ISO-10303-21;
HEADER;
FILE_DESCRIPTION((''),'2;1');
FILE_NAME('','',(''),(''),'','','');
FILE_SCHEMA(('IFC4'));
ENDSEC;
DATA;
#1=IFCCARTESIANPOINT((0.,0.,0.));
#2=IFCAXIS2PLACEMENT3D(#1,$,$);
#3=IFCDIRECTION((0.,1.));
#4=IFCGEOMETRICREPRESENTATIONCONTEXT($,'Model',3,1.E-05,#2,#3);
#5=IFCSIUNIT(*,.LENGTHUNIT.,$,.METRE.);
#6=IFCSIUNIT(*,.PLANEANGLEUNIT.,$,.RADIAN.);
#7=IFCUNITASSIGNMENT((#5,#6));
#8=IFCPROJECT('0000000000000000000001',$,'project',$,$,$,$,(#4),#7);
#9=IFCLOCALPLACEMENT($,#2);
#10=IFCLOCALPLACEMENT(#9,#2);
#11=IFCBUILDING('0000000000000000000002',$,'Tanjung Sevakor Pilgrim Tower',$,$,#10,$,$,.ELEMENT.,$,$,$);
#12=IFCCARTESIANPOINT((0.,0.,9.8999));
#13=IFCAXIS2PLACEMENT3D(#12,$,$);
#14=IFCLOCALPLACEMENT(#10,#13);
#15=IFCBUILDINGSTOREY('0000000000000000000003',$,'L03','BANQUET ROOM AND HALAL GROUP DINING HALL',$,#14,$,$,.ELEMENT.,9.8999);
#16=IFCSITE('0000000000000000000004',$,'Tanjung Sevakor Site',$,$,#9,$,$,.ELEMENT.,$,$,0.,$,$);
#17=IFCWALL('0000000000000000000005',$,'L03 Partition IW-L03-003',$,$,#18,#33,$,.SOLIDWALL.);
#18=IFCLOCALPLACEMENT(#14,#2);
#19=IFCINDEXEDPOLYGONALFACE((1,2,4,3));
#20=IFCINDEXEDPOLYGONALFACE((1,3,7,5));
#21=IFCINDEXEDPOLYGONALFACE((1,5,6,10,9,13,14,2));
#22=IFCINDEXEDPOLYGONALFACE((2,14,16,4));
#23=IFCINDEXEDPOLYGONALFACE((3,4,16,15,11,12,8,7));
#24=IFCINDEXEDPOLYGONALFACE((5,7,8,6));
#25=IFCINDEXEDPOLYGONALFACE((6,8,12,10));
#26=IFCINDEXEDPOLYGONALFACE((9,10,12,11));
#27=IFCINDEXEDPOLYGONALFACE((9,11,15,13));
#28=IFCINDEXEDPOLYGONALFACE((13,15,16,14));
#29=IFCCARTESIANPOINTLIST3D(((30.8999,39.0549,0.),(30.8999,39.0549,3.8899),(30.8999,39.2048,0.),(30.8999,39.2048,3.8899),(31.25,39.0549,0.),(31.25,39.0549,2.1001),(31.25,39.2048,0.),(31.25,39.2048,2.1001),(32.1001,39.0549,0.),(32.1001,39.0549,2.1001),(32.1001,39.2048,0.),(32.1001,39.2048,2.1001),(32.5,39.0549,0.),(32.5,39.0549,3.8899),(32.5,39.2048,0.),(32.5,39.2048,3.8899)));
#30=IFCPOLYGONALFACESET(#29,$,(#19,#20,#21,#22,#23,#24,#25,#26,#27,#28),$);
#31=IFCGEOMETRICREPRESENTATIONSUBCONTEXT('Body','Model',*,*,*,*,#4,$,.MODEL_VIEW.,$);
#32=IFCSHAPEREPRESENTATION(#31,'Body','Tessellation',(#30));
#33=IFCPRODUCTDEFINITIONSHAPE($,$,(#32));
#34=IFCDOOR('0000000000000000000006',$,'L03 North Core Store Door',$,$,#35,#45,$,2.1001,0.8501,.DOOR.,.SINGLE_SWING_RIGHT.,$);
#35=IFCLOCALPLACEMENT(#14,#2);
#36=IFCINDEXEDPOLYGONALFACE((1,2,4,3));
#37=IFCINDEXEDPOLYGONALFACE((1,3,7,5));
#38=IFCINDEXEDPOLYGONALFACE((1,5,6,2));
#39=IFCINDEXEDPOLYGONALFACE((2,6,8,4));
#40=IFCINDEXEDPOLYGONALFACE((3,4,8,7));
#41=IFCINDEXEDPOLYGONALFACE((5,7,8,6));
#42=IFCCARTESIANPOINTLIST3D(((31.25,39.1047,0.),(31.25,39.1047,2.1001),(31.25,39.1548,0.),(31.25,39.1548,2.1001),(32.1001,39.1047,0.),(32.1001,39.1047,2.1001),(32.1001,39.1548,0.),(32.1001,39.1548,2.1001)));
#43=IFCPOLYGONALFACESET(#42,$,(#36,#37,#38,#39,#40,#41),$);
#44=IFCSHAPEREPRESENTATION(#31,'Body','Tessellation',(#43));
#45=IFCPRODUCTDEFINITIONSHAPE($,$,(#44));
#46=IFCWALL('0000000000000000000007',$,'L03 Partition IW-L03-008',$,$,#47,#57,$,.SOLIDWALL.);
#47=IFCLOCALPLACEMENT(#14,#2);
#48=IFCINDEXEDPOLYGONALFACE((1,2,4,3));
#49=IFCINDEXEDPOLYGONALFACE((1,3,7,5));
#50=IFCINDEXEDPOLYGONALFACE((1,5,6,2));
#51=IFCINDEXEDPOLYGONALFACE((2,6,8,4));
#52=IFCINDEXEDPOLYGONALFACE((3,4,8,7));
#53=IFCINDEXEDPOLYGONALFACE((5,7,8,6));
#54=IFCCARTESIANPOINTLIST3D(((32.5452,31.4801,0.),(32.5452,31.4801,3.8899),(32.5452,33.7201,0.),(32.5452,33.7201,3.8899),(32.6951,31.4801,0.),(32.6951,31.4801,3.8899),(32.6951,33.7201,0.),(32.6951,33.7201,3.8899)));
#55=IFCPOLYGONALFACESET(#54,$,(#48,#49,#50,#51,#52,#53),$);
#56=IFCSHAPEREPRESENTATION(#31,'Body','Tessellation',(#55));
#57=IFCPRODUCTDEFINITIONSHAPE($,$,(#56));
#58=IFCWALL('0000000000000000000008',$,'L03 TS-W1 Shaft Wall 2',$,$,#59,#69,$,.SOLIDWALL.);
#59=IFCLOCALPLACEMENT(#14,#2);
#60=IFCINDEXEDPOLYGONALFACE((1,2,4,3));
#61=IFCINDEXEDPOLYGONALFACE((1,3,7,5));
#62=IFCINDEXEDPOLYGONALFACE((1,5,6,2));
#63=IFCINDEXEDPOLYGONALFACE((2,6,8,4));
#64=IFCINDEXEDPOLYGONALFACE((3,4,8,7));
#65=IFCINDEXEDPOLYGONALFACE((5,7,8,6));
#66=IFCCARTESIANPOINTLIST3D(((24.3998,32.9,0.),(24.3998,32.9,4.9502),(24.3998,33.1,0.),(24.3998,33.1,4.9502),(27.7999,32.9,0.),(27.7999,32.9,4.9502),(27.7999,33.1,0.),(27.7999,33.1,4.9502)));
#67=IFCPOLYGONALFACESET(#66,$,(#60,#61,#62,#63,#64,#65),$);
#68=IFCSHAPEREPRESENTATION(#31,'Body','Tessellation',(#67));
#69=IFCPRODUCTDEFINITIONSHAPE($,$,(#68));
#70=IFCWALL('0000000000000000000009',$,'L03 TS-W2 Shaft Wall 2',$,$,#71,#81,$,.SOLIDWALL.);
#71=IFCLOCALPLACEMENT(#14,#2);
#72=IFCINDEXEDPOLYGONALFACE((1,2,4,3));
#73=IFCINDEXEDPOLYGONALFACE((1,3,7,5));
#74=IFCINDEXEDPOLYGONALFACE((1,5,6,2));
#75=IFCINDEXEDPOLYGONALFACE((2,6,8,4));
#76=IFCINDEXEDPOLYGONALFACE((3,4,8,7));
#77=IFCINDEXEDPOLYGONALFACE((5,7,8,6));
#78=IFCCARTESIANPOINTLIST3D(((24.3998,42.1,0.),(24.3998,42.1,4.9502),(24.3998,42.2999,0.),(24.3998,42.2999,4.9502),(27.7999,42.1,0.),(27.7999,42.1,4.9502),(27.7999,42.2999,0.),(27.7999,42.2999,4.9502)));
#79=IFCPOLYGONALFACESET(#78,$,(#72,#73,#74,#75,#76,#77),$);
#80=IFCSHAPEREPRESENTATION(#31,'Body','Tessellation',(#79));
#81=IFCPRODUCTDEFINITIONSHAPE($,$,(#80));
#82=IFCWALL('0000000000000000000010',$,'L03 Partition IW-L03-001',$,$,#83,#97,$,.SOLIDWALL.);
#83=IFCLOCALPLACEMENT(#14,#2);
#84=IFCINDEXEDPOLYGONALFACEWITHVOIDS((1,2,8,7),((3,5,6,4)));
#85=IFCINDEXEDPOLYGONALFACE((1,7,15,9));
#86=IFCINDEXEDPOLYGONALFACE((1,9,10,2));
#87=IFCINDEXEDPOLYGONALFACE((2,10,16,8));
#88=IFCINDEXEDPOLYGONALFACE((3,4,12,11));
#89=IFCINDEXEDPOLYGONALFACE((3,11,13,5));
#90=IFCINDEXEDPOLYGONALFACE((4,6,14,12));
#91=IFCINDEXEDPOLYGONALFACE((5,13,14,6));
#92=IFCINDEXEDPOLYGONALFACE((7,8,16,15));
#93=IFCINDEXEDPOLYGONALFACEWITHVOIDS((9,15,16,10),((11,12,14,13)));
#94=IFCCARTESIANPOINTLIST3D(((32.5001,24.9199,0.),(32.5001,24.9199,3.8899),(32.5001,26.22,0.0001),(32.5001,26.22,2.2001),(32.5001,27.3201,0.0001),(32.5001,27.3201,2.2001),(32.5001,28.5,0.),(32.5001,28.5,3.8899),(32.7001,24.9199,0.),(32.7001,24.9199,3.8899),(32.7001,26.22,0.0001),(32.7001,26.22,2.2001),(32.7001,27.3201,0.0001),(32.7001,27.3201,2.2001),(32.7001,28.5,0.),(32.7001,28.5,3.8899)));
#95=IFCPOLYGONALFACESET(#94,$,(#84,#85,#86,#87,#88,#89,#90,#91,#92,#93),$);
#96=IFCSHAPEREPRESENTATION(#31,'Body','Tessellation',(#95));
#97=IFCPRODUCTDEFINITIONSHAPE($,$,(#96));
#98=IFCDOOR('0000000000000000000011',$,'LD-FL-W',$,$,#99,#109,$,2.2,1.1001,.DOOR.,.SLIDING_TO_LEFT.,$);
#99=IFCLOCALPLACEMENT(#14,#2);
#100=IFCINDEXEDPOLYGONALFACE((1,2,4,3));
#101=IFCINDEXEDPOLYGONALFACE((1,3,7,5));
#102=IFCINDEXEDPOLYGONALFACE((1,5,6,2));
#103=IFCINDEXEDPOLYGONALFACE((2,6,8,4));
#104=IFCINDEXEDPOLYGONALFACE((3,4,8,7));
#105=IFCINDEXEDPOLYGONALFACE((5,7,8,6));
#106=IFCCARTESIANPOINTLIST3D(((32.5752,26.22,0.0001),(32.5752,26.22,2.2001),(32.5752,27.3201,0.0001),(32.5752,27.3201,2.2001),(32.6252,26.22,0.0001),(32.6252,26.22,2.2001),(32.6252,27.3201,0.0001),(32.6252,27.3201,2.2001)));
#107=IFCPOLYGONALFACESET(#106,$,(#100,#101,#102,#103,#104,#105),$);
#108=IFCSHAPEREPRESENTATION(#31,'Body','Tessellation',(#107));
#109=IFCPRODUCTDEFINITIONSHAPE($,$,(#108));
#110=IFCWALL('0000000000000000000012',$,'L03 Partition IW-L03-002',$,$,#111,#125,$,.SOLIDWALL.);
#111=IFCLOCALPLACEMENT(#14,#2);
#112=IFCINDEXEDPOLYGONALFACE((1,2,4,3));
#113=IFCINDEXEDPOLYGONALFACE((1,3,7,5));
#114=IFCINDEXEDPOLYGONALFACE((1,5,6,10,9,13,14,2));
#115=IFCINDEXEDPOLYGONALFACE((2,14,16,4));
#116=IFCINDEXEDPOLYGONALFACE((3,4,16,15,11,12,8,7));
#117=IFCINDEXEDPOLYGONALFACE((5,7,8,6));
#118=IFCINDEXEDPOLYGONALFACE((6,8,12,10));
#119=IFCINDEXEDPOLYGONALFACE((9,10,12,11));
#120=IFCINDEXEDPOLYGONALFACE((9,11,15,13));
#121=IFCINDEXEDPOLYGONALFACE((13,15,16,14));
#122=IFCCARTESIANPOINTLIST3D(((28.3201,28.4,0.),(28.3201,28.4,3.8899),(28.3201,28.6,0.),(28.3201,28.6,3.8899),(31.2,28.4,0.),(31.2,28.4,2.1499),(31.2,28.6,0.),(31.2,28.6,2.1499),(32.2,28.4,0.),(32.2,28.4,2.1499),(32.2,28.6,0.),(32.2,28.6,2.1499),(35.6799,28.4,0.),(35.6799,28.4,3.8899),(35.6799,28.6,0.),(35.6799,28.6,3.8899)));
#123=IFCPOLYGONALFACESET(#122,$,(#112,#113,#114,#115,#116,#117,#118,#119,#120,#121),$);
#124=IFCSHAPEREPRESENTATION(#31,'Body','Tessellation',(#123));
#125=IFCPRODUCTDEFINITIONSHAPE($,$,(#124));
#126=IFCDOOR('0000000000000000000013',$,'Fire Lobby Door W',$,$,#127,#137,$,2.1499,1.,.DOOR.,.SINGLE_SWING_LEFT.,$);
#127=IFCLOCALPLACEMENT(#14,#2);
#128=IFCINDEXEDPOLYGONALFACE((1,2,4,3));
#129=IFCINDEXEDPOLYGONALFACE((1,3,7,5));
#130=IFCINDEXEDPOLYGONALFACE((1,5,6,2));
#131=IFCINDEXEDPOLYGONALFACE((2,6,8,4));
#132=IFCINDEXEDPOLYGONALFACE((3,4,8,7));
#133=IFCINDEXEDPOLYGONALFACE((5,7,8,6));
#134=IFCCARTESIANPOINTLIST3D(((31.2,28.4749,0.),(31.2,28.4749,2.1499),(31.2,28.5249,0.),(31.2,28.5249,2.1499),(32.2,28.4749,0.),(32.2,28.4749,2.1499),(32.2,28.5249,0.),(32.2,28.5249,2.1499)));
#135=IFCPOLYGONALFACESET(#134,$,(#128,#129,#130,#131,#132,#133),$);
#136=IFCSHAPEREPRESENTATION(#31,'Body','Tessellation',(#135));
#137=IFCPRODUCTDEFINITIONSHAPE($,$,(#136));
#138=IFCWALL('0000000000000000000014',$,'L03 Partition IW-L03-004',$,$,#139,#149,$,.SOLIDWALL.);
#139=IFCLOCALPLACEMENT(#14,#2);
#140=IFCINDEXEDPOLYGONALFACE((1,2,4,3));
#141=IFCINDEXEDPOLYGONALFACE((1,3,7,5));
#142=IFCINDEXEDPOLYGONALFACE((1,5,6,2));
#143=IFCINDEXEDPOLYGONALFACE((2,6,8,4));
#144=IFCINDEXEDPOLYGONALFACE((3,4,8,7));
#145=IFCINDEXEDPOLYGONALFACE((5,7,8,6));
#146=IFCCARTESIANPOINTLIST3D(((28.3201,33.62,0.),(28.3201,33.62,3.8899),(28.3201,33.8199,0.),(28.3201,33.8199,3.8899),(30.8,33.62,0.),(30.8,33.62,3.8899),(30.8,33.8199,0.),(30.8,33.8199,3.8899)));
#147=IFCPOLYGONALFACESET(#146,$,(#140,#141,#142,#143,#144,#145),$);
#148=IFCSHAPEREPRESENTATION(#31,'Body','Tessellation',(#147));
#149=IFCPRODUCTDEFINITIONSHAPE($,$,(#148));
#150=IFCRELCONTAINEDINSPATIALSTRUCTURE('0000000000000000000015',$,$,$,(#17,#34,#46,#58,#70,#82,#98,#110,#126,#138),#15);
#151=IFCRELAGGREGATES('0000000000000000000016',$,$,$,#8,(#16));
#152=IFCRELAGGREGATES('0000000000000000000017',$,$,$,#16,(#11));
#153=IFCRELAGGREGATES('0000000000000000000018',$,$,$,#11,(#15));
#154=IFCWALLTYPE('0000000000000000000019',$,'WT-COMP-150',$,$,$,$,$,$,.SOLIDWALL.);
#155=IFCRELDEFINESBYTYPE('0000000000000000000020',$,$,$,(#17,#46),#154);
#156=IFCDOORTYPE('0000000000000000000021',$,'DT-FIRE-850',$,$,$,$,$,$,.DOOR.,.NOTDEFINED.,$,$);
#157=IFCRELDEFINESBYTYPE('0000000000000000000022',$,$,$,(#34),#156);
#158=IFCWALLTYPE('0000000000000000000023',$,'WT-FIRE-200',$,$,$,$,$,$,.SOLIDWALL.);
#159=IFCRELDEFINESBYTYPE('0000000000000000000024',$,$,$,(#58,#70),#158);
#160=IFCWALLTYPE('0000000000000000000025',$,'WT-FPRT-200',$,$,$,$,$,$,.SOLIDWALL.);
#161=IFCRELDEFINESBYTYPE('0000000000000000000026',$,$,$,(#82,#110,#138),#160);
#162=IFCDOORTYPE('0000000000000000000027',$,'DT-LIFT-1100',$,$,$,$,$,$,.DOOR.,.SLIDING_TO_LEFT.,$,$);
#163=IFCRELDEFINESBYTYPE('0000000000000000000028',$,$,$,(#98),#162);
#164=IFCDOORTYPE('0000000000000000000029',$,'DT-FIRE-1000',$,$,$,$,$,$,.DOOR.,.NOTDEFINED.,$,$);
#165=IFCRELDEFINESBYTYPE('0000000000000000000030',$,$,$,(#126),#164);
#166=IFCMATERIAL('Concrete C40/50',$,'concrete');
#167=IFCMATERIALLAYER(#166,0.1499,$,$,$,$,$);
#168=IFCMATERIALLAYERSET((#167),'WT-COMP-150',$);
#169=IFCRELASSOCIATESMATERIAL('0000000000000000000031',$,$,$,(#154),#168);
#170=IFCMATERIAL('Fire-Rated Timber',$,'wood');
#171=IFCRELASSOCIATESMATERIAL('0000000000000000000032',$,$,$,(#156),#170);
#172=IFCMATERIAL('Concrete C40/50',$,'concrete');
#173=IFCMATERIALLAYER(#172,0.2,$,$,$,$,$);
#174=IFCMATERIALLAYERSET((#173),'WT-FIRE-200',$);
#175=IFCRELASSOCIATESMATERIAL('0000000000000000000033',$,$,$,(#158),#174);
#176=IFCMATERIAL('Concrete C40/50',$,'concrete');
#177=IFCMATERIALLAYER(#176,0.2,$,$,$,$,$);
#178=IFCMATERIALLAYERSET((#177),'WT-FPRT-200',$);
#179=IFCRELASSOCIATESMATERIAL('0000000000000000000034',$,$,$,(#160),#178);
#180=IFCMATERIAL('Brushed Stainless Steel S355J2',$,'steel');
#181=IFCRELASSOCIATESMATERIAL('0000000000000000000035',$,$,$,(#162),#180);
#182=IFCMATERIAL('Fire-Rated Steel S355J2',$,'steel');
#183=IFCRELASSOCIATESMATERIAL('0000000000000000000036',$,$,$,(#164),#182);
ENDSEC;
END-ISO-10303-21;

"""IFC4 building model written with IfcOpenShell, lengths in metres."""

from ifc_helpers import new_model, si_unit, direction, frame, frame_2d, origin, place, context, subcontext, project, spatial, rectangle, extrude, material, layer, layer_set, type_object, element, fill, save


model = new_model("IFC4")

# Units and contexts
model_context = context("Model", 3, precision=1e-05, world=origin(), true_north=direction((0.0, 1.0)))
body_context = subcontext(model_context, "Body", "Model", "MODEL_VIEW")
ifc_project = project(units=[si_unit("LENGTHUNIT", "METRE"), si_unit("PLANEANGLEUNIT", "RADIAN")], contexts=[model_context])

# Site, building, storey
site_placement = place(None, origin())
site = spatial("IfcSite", under=ifc_project, at=site_placement, Name="Tanjung Sevakor Site", CompositionType="ELEMENT", RefElevation=0.0)
building_placement = place(site_placement, origin())
building = spatial("IfcBuilding", under=site, at=building_placement, Name="Tanjung Sevakor Pilgrim Tower", CompositionType="ELEMENT")
storey_placement = place(building_placement, frame((0.0, 0.0, 9.8999)))
storey = spatial("IfcBuildingStorey", under=building, at=storey_placement, Name="L03", Description="BANQUET ROOM AND HALAL GROUP DINING HALL", CompositionType="ELEMENT", Elevation=9.8999)

# Wall, opening, door
ifc_material_1 = material(Name="Concrete C40/50", Category="concrete")
ifc_layer_1 = layer(ifc_material_1, 0.1499)
ifc_layer_set_1 = layer_set([ifc_layer_1], Name="WT-COMP-150")
wall_type_1 = type_object("IfcWallType", Name="WT-COMP-150", PredefinedType="SOLIDWALL", material=ifc_layer_set_1)
wall_1_placement = place(storey_placement, frame((30.8999, 39.1299, 0.0), z_axis=(0.0, 0.0, 1.0), x_axis=(1.0, 0.0, 0.0)))
wall_1 = element("IfcWall", 1, at=wall_1_placement, inside=storey, type_object=wall_type_1, Name="L03 Partition IW-L03-003", PredefinedType="SOLIDWALL", context=body_context, shape_type="SweptSolid", body=[
    extrude(rectangle(XDim=1.6001, YDim=0.1499, at=frame_2d((0.8, 0.0))), origin(), (0.0, 0.0, 1.0), 3.8899),
])
opening_1_placement = place(wall_1_placement, frame((0.3501, 0.0, 0.0)))
opening_1 = element("IfcOpeningElement", 2, at=opening_1_placement, cuts=wall_1, PredefinedType="OPENING", context=body_context, shape_type="SweptSolid", body=[
    extrude(rectangle(XDim=0.8501, YDim=2.1001, at=frame_2d((0.425, 1.05))), frame((0.0, 0.085, 0.0), z_axis=(0.0, -1.0, 0.0), x_axis=(1.0, 0.0, 0.0)), (0.0, 0.0, 1.0), 0.1699),
])
ifc_material_2 = material(Name="Fire-Rated Timber", Category="wood")
door_type_1 = type_object("IfcDoorType", Name="DT-FIRE-850", OperationType="NOTDEFINED", PredefinedType="DOOR", material=ifc_material_2)
door_1_placement = place(opening_1_placement, origin())
door_1 = element("IfcDoor", 3, at=door_1_placement, inside=storey, type_object=door_type_1, Name="L03 North Core Store Door", OperationType="SINGLE_SWING_RIGHT", OverallHeight=2.1001, OverallWidth=0.8501, PredefinedType="DOOR", context=body_context, shape_type="SweptSolid", body=[
    extrude(rectangle(XDim=0.8501, YDim=2.1001, at=frame_2d((0.425, 1.05))), frame((0.0, 0.0249, 0.0), z_axis=(0.0, -1.0, 0.0), x_axis=(1.0, 0.0, 0.0)), (0.0, 0.0, 1.0), 0.05),
])
fill(opening_1, door_1)

# Walls
wall_2_placement = place(storey_placement, frame((32.6201, 31.48, 0.0), z_axis=(0.0, 0.0, 1.0), x_axis=(0.0, 1.0, 0.0)))
element("IfcWall", 4, at=wall_2_placement, inside=storey, type_object=wall_type_1, Name="L03 Partition IW-L03-008", PredefinedType="SOLIDWALL", context=body_context, shape_type="SweptSolid", body=[
    extrude(rectangle(XDim=2.24, YDim=0.1499, at=frame_2d((1.1201, 0.0))), origin(), (0.0, 0.0, 1.0), 3.8899),
])
ifc_material_3 = material(Name="Concrete C40/50", Category="concrete")
ifc_layer_2 = layer(ifc_material_3, 0.2)
ifc_layer_set_2 = layer_set([ifc_layer_2], Name="WT-FIRE-200")
wall_type_2 = type_object("IfcWallType", Name="WT-FIRE-200", PredefinedType="SOLIDWALL", material=ifc_layer_set_2)
for number, where, z_axis, x_axis, name in (
    (5, (27.8, 33.0, 0.0), (0.0, 0.0, 1.0), (-1.0, 0.0, 0.0), "L03 TS-W1 Shaft Wall 2"),
    (6, (27.8, 42.2, 0.0), (0.0, 0.0, 1.0), (-1.0, 0.0, 0.0), "L03 TS-W2 Shaft Wall 2"),
):
    element("IfcWall", number, at=place(storey_placement, frame(where, z_axis=z_axis, x_axis=x_axis)), inside=storey, type_object=wall_type_2, Name=name, PredefinedType="SOLIDWALL", context=body_context, shape_type="SweptSolid", body=[
        extrude(rectangle(XDim=3.4001, YDim=0.2, at=frame_2d((1.7002, 0.0))), origin(), (0.0, 0.0, 1.0), 4.9502),
    ])

# Walls, openings, doors
ifc_material_4 = material(Name="Concrete C40/50", Category="concrete")
ifc_layer_3 = layer(ifc_material_4, 0.2)
ifc_layer_set_3 = layer_set([ifc_layer_3], Name="WT-FPRT-200")
wall_type_3 = type_object("IfcWallType", Name="WT-FPRT-200", PredefinedType="SOLIDWALL", material=ifc_layer_set_3)
wall_3_placement = place(storey_placement, frame((32.6001, 24.9199, 0.0), z_axis=(0.0, 0.0, 1.0), x_axis=(0.0, 1.0, 0.0)))
wall_3 = element("IfcWall", 7, at=wall_3_placement, inside=storey, type_object=wall_type_3, Name="L03 Partition IW-L03-001", PredefinedType="SOLIDWALL", context=body_context, shape_type="SweptSolid", body=[
    extrude(rectangle(XDim=3.5801, YDim=0.2, at=frame_2d((1.79, 0.0))), origin(), (0.0, 0.0, 1.0), 3.8899),
])
opening_2_placement = place(wall_3_placement, frame((1.3, 0.0, 0.0)))
opening_2 = element("IfcOpeningElement", 8, at=opening_2_placement, cuts=wall_3, PredefinedType="OPENING", context=body_context, shape_type="SweptSolid", body=[
    extrude(rectangle(XDim=1.1001, YDim=2.2, at=frame_2d((0.55, 1.1001))), frame((0.0, 0.1099, 0.0), z_axis=(0.0, -1.0, 0.0), x_axis=(1.0, 0.0, 0.0)), (0.0, 0.0, 1.0), 0.22),
])
ifc_material_5 = material(Name="Brushed Stainless Steel S355J2", Category="steel")
door_type_2 = type_object("IfcDoorType", Name="DT-LIFT-1100", OperationType="SLIDING_TO_LEFT", PredefinedType="DOOR", material=ifc_material_5)
door_2_placement = place(opening_2_placement, origin())
door_2 = element("IfcDoor", 9, at=door_2_placement, inside=storey, type_object=door_type_2, Name="LD-FL-W", OperationType="SLIDING_TO_LEFT", OverallHeight=2.2, OverallWidth=1.1001, PredefinedType="DOOR", context=body_context, shape_type="SweptSolid", body=[
    extrude(rectangle(XDim=1.1001, YDim=2.2, at=frame_2d((0.55, 1.1001))), frame((0.0, 0.0249, 0.0), z_axis=(0.0, -1.0, 0.0), x_axis=(1.0, 0.0, 0.0)), (0.0, 0.0, 1.0), 0.05),
])
fill(opening_2, door_2)
wall_4_placement = place(storey_placement, frame((28.3201, 28.5, 0.0), z_axis=(0.0, 0.0, 1.0), x_axis=(1.0, 0.0, 0.0)))
wall_4 = element("IfcWall", 10, at=wall_4_placement, inside=storey, type_object=wall_type_3, Name="L03 Partition IW-L03-002", PredefinedType="SOLIDWALL", context=body_context, shape_type="SweptSolid", body=[
    extrude(rectangle(XDim=7.3599, YDim=0.2, at=frame_2d((3.6799, 0.0))), origin(), (0.0, 0.0, 1.0), 3.8899),
])
opening_3_placement = place(wall_4_placement, frame((2.8799, 0.0, 0.0)))
opening_3 = element("IfcOpeningElement", 11, at=opening_3_placement, cuts=wall_4, PredefinedType="OPENING", context=body_context, shape_type="SweptSolid", body=[
    extrude(rectangle(XDim=1.0, YDim=2.1499, at=frame_2d((0.5, 1.075))), frame((0.0, 0.1099, 0.0), z_axis=(0.0, -1.0, 0.0), x_axis=(1.0, 0.0, 0.0)), (0.0, 0.0, 1.0), 0.22),
])
ifc_material_6 = material(Name="Fire-Rated Steel S355J2", Category="steel")
door_type_3 = type_object("IfcDoorType", Name="DT-FIRE-1000", OperationType="NOTDEFINED", PredefinedType="DOOR", material=ifc_material_6)
door_3_placement = place(opening_3_placement, origin())
door_3 = element("IfcDoor", 12, at=door_3_placement, inside=storey, type_object=door_type_3, Name="Fire Lobby Door W", OperationType="SINGLE_SWING_LEFT", OverallHeight=2.1499, OverallWidth=1.0, PredefinedType="DOOR", context=body_context, shape_type="SweptSolid", body=[
    extrude(rectangle(XDim=1.0, YDim=2.1499, at=frame_2d((0.5, 1.075))), frame((0.0, 0.0249, 0.0), z_axis=(0.0, -1.0, 0.0), x_axis=(1.0, 0.0, 0.0)), (0.0, 0.0, 1.0), 0.05),
])
fill(opening_3, door_3)

# Wall
wall_5_placement = place(storey_placement, frame((28.3201, 33.72, 0.0), z_axis=(0.0, 0.0, 1.0), x_axis=(1.0, 0.0, 0.0)))
element("IfcWall", 13, at=wall_5_placement, inside=storey, type_object=wall_type_3, Name="L03 Partition IW-L03-004", PredefinedType="SOLIDWALL", context=body_context, shape_type="SweptSolid", body=[
    extrude(rectangle(XDim=2.48, YDim=0.2, at=frame_2d((1.24, 0.0))), origin(), (0.0, 0.0, 1.0), 3.8899),
])

save(model, "model.ifc")
